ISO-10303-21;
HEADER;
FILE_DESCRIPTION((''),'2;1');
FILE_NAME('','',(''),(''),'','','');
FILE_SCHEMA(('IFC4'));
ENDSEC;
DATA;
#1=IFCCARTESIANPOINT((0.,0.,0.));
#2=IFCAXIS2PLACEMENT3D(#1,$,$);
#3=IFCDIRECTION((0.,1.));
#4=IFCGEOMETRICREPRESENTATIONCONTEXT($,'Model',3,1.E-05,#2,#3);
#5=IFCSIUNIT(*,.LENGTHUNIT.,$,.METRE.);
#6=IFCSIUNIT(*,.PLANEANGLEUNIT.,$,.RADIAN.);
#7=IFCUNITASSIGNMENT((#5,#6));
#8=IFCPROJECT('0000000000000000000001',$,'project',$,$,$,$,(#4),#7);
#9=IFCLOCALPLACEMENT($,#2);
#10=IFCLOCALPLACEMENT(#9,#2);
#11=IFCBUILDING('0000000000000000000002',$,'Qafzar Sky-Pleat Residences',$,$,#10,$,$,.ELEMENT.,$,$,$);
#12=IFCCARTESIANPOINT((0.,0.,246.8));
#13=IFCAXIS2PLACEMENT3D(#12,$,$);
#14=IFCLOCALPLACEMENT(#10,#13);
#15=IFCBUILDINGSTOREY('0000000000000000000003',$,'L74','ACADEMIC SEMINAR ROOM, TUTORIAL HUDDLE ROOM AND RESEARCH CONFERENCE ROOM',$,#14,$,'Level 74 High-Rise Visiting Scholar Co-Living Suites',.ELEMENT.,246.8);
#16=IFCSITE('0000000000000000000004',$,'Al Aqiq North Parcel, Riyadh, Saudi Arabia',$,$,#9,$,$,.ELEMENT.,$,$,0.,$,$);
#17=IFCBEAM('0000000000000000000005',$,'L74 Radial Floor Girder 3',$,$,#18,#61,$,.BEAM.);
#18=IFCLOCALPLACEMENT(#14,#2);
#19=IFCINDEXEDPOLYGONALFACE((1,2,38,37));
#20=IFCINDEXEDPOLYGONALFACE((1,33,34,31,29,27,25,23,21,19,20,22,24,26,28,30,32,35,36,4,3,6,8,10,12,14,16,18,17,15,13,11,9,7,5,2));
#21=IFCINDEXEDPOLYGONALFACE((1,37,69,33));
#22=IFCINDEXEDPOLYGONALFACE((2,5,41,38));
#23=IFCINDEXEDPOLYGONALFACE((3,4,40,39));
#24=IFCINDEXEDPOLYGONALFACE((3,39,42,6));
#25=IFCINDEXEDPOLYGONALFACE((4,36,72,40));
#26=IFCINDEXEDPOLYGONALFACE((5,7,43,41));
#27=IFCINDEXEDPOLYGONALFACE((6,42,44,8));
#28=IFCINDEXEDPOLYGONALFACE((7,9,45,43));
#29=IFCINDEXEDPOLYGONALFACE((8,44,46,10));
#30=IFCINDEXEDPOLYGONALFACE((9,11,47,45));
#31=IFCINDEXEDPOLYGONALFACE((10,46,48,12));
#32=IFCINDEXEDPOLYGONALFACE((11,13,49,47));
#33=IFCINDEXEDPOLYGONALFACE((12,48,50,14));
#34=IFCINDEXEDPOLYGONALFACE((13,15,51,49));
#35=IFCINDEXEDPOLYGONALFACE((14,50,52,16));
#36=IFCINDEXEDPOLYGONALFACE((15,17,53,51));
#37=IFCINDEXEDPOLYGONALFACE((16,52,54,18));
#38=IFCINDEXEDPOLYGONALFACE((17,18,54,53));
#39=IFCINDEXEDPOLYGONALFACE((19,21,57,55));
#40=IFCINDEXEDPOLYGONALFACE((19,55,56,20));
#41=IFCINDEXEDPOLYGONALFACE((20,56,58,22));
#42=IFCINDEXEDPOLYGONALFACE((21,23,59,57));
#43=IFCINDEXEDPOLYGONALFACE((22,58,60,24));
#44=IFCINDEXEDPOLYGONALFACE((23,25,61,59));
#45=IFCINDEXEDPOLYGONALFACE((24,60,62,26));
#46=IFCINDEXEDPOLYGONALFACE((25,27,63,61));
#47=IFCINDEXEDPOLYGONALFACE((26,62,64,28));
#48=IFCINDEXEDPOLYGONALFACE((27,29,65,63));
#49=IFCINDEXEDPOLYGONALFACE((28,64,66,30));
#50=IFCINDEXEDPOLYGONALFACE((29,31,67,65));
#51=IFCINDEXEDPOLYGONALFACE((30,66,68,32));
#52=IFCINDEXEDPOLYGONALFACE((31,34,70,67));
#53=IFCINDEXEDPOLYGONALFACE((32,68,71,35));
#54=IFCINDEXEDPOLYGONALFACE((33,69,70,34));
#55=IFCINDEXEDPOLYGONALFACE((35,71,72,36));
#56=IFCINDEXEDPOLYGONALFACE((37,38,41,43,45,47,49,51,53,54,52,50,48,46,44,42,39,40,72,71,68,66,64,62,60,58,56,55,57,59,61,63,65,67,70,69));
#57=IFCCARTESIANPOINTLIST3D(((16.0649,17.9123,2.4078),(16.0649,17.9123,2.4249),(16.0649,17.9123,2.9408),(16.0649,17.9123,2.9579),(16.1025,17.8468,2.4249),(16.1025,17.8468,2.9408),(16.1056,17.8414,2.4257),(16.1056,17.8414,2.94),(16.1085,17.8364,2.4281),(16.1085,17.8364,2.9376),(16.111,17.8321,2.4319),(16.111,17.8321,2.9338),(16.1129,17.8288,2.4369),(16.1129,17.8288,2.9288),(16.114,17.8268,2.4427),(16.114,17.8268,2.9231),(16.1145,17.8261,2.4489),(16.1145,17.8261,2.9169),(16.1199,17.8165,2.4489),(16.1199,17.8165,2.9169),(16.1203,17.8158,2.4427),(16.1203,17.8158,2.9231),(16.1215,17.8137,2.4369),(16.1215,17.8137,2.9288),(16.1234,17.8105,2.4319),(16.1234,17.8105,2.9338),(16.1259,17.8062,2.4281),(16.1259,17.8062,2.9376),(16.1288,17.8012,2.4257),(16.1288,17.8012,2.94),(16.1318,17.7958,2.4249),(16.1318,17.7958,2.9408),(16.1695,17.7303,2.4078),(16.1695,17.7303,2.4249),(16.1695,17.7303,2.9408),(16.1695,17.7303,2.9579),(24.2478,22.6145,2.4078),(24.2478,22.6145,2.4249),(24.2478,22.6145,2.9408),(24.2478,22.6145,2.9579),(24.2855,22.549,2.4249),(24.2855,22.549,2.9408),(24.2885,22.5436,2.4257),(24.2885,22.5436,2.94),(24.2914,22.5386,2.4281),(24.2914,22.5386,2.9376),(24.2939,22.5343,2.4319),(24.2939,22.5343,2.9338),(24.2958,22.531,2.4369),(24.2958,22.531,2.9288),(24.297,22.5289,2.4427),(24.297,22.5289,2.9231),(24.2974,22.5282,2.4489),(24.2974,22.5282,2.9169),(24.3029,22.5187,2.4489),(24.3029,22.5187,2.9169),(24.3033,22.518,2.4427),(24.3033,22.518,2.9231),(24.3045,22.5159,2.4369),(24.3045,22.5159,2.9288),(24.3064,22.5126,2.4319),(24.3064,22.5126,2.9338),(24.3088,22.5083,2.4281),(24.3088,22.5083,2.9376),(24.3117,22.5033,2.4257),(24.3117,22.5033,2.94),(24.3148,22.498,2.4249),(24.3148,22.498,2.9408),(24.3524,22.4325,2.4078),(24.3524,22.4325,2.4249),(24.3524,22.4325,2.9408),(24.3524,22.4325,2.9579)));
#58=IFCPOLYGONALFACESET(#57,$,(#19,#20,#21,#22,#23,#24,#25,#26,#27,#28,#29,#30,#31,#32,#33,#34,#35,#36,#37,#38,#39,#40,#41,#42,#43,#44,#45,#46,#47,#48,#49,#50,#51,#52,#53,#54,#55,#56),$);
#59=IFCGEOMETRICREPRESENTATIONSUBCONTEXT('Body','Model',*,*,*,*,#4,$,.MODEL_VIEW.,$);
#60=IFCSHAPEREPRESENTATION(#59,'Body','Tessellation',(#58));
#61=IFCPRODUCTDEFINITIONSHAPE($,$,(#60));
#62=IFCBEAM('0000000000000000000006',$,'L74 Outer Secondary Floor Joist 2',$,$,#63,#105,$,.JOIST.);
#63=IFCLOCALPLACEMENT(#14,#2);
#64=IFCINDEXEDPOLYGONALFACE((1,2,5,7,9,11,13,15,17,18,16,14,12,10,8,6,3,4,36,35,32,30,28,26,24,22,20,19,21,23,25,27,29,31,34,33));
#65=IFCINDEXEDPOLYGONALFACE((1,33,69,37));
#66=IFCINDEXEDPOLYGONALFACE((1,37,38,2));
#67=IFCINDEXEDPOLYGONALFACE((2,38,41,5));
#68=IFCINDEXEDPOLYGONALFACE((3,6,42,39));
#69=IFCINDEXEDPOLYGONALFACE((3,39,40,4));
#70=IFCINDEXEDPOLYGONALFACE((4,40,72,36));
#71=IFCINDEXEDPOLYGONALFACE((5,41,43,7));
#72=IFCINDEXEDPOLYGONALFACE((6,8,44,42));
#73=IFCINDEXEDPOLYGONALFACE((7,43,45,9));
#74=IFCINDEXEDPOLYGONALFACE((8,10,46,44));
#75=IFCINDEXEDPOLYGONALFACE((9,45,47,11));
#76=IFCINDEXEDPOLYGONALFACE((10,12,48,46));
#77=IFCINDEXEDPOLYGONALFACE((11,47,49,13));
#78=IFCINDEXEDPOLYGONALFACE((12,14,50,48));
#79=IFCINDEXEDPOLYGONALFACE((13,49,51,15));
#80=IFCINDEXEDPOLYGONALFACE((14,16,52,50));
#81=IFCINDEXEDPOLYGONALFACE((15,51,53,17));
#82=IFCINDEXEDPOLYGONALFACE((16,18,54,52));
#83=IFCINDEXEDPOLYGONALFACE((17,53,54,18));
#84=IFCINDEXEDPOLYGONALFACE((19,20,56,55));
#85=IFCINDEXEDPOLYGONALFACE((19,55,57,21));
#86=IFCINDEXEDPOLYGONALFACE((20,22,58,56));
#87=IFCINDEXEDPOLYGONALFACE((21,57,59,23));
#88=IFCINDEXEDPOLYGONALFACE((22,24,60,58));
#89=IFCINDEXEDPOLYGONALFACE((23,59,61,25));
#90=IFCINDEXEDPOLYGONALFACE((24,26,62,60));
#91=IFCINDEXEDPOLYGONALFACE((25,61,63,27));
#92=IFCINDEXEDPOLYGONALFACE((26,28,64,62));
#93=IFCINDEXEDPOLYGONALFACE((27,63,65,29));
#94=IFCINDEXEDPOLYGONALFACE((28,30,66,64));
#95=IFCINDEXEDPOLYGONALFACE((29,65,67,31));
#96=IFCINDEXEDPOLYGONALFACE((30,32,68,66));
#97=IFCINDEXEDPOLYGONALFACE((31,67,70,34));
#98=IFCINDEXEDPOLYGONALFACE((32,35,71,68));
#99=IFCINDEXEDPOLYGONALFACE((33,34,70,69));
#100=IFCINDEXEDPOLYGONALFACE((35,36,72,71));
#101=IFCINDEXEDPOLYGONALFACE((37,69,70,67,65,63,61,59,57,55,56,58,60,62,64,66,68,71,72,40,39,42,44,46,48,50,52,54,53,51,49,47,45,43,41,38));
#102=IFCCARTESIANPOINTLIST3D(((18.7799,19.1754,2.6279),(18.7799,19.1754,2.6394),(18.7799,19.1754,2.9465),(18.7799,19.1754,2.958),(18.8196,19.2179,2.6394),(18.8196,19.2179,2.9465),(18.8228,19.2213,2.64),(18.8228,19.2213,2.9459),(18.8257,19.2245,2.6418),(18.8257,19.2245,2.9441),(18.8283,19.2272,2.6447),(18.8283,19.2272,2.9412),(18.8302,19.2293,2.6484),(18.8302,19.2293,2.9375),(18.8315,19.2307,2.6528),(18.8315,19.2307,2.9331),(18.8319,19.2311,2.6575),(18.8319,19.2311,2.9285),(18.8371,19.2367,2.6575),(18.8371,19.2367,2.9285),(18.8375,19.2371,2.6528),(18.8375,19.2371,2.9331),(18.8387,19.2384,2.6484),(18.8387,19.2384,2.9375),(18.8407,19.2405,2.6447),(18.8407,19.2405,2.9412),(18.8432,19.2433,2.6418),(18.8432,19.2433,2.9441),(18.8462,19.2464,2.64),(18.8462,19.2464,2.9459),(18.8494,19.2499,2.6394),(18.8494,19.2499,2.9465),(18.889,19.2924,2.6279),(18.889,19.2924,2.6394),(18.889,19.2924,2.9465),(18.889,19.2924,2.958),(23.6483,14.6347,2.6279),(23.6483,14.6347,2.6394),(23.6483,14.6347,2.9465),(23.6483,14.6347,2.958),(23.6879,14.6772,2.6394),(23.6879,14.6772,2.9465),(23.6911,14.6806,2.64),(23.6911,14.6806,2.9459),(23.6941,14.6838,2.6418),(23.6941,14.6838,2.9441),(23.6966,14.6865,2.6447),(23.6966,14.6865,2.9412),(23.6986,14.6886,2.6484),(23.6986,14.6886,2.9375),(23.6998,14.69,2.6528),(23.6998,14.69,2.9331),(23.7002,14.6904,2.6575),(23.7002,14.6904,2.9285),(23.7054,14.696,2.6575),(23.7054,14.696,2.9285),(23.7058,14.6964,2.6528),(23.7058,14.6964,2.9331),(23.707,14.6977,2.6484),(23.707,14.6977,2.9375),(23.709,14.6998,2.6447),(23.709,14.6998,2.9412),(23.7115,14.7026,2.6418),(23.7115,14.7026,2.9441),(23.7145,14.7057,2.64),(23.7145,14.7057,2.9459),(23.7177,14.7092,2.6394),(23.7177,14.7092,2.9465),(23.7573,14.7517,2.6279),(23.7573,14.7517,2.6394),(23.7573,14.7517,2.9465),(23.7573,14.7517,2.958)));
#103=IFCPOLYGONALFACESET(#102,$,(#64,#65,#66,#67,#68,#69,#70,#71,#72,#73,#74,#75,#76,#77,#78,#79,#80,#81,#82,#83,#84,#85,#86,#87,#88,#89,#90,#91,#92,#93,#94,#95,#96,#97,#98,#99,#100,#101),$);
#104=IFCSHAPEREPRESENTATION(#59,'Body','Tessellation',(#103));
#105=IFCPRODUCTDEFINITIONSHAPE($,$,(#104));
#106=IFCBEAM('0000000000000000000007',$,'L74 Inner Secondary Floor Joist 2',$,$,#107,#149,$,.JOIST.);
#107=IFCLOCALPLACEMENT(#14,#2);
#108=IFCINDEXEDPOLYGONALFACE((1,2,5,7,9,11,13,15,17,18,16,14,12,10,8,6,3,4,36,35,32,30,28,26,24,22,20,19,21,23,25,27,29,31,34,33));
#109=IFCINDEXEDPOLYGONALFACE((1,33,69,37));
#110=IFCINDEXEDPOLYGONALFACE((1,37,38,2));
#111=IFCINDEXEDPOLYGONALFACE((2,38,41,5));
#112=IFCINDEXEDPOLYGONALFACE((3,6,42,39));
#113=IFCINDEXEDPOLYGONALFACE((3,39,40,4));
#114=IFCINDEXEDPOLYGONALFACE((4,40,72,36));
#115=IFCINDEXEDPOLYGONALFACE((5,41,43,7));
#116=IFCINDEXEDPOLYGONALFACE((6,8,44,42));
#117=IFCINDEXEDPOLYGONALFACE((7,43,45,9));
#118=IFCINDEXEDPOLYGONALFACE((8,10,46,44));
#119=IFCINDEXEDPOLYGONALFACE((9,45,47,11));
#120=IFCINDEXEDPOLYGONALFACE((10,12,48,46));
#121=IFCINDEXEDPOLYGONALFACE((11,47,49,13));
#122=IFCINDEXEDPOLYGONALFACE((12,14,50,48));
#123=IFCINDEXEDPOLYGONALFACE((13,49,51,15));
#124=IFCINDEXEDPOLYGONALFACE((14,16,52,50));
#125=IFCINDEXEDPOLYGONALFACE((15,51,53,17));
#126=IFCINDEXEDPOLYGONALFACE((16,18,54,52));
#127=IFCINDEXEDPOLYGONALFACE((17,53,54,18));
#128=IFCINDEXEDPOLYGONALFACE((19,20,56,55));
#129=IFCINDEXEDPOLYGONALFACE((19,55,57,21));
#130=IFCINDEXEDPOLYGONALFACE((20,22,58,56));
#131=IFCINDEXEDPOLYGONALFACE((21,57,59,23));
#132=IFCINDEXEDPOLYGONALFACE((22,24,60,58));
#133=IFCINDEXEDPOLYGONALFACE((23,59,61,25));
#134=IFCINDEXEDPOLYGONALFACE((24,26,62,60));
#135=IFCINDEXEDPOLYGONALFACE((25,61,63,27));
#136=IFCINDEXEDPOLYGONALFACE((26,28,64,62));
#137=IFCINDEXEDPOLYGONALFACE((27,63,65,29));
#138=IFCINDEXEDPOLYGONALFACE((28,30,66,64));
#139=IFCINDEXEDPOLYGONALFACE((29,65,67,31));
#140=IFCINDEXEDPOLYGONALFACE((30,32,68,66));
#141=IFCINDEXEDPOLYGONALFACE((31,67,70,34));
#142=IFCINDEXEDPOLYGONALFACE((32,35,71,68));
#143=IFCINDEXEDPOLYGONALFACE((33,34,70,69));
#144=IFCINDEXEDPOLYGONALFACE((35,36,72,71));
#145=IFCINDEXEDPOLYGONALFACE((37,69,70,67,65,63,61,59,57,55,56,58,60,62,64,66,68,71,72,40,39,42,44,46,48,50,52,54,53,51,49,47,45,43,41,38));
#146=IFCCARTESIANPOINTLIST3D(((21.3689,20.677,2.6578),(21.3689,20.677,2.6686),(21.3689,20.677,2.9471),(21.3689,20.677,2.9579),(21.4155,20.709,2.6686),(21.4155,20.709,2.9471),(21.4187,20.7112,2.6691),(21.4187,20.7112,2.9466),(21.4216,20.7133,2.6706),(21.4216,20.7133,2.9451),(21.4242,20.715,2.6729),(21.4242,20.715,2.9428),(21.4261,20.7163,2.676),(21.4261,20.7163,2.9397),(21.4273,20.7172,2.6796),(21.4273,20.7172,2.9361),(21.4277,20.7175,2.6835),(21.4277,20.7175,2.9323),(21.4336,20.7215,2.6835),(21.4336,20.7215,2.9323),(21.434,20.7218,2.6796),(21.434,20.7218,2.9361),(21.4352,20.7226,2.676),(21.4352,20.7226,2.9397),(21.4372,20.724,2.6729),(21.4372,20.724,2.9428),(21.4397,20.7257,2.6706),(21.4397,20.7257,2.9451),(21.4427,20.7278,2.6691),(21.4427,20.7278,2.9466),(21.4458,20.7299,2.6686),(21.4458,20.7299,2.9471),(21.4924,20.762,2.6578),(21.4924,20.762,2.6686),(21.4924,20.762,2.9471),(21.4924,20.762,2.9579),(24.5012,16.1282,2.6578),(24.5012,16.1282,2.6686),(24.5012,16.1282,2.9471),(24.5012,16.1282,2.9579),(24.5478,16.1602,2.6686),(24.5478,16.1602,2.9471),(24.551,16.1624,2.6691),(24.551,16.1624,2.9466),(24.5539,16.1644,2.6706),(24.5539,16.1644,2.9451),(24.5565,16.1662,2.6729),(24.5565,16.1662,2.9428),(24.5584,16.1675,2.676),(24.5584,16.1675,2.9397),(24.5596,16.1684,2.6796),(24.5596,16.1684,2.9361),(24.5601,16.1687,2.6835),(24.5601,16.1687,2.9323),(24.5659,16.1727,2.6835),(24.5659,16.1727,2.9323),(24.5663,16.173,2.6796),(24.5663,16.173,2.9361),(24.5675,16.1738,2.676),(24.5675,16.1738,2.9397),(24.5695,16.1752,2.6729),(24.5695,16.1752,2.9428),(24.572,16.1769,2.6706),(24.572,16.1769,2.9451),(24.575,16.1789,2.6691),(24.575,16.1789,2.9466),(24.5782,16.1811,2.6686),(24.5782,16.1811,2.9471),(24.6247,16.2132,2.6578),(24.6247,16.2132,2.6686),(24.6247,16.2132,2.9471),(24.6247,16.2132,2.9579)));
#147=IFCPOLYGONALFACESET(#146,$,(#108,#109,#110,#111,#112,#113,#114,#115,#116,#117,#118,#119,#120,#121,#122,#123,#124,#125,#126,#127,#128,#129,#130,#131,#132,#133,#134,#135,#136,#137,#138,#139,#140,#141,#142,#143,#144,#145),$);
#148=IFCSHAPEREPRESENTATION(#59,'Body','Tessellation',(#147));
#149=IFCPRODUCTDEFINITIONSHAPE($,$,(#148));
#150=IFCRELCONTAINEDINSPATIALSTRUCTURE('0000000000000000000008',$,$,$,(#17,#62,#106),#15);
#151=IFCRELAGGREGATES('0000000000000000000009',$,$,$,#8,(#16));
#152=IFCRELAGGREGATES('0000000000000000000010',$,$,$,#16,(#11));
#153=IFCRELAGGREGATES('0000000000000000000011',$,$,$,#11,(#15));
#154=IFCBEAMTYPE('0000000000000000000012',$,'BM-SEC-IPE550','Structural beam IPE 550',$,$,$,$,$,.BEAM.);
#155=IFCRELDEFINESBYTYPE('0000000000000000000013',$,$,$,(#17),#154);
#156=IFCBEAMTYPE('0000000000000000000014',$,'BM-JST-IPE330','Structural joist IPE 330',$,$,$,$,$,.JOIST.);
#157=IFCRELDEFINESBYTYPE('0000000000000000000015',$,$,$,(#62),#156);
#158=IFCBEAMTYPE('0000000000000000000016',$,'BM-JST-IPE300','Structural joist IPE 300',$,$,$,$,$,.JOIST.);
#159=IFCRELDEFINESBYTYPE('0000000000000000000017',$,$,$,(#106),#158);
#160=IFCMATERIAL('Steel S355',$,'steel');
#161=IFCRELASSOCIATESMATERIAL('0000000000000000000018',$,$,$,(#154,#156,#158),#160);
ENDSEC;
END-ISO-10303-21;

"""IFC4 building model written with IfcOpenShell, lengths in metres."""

from ifc_helpers import new_model, si_unit, direction, frame, origin, origin_2d, place, context, subcontext, project, spatial, i_section, extrude, source, transform, mapped, material, material_profile, profile_set, type_object, element, save


model = new_model("IFC4")

# Units and contexts
model_context = context("Model", 3, precision=1e-05, world=origin(), true_north=direction((0.0, 1.0)))
body_context = subcontext(model_context, "Body", "Model", "MODEL_VIEW")
ifc_project = project(units=[si_unit("LENGTHUNIT", "METRE"), si_unit("PLANEANGLEUNIT", "RADIAN")], contexts=[model_context])

# Site, building, storey
site_placement = place(None, origin())
site = spatial("IfcSite", under=ifc_project, at=site_placement, Name="Al Aqiq North Parcel, Riyadh, Saudi Arabia", CompositionType="ELEMENT", RefElevation=0.0)
building_placement = place(site_placement, origin())
building = spatial("IfcBuilding", under=site, at=building_placement, Name="Qafzar Sky-Pleat Residences", CompositionType="ELEMENT")
storey_placement = place(building_placement, frame((0.0, 0.0, 246.8)))
storey = spatial("IfcBuildingStorey", under=building, at=storey_placement, Name="L74", Description="ACADEMIC SEMINAR ROOM, TUTORIAL HUDDLE ROOM AND RESEARCH CONFERENCE ROOM", LongName="Level 74 High-Rise Visiting Scholar Co-Living Suites", CompositionType="ELEMENT", Elevation=246.8)

# Beams
ifc_material_1 = material(Name="Steel S355", Category="steel")
ifc_material_profile_1 = material_profile(ifc_material_1, i_section(OverallWidth=0.21, OverallDepth=0.55, WebThickness=0.011, FlangeThickness=0.0171, FilletRadius=0.0239, at=origin_2d()), Name="IPE 550")
ifc_profile_set_1 = profile_set([ifc_material_profile_1], Name="Steel S355")
beam_type_1 = type_object("IfcBeamType", Name="BM-SEC-IPE550", Description="Structural beam IPE 550", PredefinedType="BEAM", material=ifc_profile_set_1)
shared_shape_1 = source(origin(), body_context, "Body", "SweptSolid", [
    extrude(i_section(OverallWidth=0.21, OverallDepth=0.55, WebThickness=0.011, FlangeThickness=0.0171, FilletRadius=0.0239, at=origin_2d()), origin(), (0.0, 0.0, 1.0), 9.4377),
])
beam_1_placement = place(storey_placement, frame((16.1172, 17.8213, 2.6829), z_axis=(0.867043, 0.498232, 0.0), x_axis=(-0.498232, 0.867043, 0.0)))
element("IfcBeam", 1, at=beam_1_placement, inside=storey, type_object=beam_type_1, Name="L74 Radial Floor Girder 3", PredefinedType="BEAM", context=body_context, shape_type="MappedRepresentation", body=[
    mapped(shared_shape_1, transform((0.0, 0.0, 0.0), x_axis=(1.0, 0.0, 0.0), y_axis=(0.0, 1.0, 0.0), z_axis=(0.0, 0.0, 1.0), scale=1.0)),
])
ifc_material_profile_2 = material_profile(ifc_material_1, i_section(OverallWidth=0.1599, OverallDepth=0.3301, WebThickness=0.0076, FlangeThickness=0.0115, FilletRadius=0.0181, at=origin_2d()), Name="IPE 330")
ifc_profile_set_2 = profile_set([ifc_material_profile_2], Name="Steel S355")
beam_type_2 = type_object("IfcBeamType", Name="BM-JST-IPE330", Description="Structural joist IPE 330", PredefinedType="JOIST", material=ifc_profile_set_2)
shared_shape_2 = source(origin(), body_context, "Body", "SweptSolid", [
    extrude(i_section(OverallWidth=0.1599, OverallDepth=0.3301, WebThickness=0.0076, FlangeThickness=0.0115, FilletRadius=0.0181, at=origin_2d()), origin(), (0.0, 0.0, 1.0), 6.6572),
])
beam_2_placement = place(storey_placement, frame((18.8345, 19.2339, 2.793), z_axis=(0.731286, -0.682071, 0.0), x_axis=(0.682071, 0.731286, 0.0)))
element("IfcBeam", 2, at=beam_2_placement, inside=storey, type_object=beam_type_2, Name="L74 Outer Secondary Floor Joist 2", PredefinedType="JOIST", context=body_context, shape_type="MappedRepresentation", body=[
    mapped(shared_shape_2, transform((0.0, 0.0, 0.0), x_axis=(1.0, 0.0, 0.0), y_axis=(0.0, 1.0, 0.0), z_axis=(0.0, 0.0, 1.0), scale=1.0)),
])
ifc_material_profile_3 = material_profile(ifc_material_1, i_section(OverallWidth=0.1499, OverallDepth=0.3, WebThickness=0.0071, FlangeThickness=0.0107, FilletRadius=0.0149, at=origin_2d()), Name="IPE 300")
ifc_profile_set_3 = profile_set([ifc_material_profile_3], Name="Steel S355")
beam_type_3 = type_object("IfcBeamType", Name="BM-JST-IPE300", Description="Structural joist IPE 300", PredefinedType="JOIST", material=ifc_profile_set_3)
shared_shape_3 = source(origin(), body_context, "Body", "SweptSolid", [
    extrude(i_section(OverallWidth=0.1499, OverallDepth=0.3, WebThickness=0.0071, FlangeThickness=0.0107, FilletRadius=0.0149, at=origin_2d()), origin(), (0.0, 0.0, 1.0), 5.5229),
])
beam_3_placement = place(storey_placement, frame((21.4307, 20.7195, 2.8079), z_axis=(0.567144, -0.823619, 0.0), x_axis=(0.823619, 0.567144, 0.0)))
element("IfcBeam", 3, at=beam_3_placement, inside=storey, type_object=beam_type_3, Name="L74 Inner Secondary Floor Joist 2", PredefinedType="JOIST", context=body_context, shape_type="MappedRepresentation", body=[
    mapped(shared_shape_3, transform((0.0, 0.0, 0.0), x_axis=(1.0, 0.0, 0.0), y_axis=(0.0, 1.0, 0.0), z_axis=(0.0, 0.0, 1.0), scale=1.0)),
])

save(model, "model.ifc")
